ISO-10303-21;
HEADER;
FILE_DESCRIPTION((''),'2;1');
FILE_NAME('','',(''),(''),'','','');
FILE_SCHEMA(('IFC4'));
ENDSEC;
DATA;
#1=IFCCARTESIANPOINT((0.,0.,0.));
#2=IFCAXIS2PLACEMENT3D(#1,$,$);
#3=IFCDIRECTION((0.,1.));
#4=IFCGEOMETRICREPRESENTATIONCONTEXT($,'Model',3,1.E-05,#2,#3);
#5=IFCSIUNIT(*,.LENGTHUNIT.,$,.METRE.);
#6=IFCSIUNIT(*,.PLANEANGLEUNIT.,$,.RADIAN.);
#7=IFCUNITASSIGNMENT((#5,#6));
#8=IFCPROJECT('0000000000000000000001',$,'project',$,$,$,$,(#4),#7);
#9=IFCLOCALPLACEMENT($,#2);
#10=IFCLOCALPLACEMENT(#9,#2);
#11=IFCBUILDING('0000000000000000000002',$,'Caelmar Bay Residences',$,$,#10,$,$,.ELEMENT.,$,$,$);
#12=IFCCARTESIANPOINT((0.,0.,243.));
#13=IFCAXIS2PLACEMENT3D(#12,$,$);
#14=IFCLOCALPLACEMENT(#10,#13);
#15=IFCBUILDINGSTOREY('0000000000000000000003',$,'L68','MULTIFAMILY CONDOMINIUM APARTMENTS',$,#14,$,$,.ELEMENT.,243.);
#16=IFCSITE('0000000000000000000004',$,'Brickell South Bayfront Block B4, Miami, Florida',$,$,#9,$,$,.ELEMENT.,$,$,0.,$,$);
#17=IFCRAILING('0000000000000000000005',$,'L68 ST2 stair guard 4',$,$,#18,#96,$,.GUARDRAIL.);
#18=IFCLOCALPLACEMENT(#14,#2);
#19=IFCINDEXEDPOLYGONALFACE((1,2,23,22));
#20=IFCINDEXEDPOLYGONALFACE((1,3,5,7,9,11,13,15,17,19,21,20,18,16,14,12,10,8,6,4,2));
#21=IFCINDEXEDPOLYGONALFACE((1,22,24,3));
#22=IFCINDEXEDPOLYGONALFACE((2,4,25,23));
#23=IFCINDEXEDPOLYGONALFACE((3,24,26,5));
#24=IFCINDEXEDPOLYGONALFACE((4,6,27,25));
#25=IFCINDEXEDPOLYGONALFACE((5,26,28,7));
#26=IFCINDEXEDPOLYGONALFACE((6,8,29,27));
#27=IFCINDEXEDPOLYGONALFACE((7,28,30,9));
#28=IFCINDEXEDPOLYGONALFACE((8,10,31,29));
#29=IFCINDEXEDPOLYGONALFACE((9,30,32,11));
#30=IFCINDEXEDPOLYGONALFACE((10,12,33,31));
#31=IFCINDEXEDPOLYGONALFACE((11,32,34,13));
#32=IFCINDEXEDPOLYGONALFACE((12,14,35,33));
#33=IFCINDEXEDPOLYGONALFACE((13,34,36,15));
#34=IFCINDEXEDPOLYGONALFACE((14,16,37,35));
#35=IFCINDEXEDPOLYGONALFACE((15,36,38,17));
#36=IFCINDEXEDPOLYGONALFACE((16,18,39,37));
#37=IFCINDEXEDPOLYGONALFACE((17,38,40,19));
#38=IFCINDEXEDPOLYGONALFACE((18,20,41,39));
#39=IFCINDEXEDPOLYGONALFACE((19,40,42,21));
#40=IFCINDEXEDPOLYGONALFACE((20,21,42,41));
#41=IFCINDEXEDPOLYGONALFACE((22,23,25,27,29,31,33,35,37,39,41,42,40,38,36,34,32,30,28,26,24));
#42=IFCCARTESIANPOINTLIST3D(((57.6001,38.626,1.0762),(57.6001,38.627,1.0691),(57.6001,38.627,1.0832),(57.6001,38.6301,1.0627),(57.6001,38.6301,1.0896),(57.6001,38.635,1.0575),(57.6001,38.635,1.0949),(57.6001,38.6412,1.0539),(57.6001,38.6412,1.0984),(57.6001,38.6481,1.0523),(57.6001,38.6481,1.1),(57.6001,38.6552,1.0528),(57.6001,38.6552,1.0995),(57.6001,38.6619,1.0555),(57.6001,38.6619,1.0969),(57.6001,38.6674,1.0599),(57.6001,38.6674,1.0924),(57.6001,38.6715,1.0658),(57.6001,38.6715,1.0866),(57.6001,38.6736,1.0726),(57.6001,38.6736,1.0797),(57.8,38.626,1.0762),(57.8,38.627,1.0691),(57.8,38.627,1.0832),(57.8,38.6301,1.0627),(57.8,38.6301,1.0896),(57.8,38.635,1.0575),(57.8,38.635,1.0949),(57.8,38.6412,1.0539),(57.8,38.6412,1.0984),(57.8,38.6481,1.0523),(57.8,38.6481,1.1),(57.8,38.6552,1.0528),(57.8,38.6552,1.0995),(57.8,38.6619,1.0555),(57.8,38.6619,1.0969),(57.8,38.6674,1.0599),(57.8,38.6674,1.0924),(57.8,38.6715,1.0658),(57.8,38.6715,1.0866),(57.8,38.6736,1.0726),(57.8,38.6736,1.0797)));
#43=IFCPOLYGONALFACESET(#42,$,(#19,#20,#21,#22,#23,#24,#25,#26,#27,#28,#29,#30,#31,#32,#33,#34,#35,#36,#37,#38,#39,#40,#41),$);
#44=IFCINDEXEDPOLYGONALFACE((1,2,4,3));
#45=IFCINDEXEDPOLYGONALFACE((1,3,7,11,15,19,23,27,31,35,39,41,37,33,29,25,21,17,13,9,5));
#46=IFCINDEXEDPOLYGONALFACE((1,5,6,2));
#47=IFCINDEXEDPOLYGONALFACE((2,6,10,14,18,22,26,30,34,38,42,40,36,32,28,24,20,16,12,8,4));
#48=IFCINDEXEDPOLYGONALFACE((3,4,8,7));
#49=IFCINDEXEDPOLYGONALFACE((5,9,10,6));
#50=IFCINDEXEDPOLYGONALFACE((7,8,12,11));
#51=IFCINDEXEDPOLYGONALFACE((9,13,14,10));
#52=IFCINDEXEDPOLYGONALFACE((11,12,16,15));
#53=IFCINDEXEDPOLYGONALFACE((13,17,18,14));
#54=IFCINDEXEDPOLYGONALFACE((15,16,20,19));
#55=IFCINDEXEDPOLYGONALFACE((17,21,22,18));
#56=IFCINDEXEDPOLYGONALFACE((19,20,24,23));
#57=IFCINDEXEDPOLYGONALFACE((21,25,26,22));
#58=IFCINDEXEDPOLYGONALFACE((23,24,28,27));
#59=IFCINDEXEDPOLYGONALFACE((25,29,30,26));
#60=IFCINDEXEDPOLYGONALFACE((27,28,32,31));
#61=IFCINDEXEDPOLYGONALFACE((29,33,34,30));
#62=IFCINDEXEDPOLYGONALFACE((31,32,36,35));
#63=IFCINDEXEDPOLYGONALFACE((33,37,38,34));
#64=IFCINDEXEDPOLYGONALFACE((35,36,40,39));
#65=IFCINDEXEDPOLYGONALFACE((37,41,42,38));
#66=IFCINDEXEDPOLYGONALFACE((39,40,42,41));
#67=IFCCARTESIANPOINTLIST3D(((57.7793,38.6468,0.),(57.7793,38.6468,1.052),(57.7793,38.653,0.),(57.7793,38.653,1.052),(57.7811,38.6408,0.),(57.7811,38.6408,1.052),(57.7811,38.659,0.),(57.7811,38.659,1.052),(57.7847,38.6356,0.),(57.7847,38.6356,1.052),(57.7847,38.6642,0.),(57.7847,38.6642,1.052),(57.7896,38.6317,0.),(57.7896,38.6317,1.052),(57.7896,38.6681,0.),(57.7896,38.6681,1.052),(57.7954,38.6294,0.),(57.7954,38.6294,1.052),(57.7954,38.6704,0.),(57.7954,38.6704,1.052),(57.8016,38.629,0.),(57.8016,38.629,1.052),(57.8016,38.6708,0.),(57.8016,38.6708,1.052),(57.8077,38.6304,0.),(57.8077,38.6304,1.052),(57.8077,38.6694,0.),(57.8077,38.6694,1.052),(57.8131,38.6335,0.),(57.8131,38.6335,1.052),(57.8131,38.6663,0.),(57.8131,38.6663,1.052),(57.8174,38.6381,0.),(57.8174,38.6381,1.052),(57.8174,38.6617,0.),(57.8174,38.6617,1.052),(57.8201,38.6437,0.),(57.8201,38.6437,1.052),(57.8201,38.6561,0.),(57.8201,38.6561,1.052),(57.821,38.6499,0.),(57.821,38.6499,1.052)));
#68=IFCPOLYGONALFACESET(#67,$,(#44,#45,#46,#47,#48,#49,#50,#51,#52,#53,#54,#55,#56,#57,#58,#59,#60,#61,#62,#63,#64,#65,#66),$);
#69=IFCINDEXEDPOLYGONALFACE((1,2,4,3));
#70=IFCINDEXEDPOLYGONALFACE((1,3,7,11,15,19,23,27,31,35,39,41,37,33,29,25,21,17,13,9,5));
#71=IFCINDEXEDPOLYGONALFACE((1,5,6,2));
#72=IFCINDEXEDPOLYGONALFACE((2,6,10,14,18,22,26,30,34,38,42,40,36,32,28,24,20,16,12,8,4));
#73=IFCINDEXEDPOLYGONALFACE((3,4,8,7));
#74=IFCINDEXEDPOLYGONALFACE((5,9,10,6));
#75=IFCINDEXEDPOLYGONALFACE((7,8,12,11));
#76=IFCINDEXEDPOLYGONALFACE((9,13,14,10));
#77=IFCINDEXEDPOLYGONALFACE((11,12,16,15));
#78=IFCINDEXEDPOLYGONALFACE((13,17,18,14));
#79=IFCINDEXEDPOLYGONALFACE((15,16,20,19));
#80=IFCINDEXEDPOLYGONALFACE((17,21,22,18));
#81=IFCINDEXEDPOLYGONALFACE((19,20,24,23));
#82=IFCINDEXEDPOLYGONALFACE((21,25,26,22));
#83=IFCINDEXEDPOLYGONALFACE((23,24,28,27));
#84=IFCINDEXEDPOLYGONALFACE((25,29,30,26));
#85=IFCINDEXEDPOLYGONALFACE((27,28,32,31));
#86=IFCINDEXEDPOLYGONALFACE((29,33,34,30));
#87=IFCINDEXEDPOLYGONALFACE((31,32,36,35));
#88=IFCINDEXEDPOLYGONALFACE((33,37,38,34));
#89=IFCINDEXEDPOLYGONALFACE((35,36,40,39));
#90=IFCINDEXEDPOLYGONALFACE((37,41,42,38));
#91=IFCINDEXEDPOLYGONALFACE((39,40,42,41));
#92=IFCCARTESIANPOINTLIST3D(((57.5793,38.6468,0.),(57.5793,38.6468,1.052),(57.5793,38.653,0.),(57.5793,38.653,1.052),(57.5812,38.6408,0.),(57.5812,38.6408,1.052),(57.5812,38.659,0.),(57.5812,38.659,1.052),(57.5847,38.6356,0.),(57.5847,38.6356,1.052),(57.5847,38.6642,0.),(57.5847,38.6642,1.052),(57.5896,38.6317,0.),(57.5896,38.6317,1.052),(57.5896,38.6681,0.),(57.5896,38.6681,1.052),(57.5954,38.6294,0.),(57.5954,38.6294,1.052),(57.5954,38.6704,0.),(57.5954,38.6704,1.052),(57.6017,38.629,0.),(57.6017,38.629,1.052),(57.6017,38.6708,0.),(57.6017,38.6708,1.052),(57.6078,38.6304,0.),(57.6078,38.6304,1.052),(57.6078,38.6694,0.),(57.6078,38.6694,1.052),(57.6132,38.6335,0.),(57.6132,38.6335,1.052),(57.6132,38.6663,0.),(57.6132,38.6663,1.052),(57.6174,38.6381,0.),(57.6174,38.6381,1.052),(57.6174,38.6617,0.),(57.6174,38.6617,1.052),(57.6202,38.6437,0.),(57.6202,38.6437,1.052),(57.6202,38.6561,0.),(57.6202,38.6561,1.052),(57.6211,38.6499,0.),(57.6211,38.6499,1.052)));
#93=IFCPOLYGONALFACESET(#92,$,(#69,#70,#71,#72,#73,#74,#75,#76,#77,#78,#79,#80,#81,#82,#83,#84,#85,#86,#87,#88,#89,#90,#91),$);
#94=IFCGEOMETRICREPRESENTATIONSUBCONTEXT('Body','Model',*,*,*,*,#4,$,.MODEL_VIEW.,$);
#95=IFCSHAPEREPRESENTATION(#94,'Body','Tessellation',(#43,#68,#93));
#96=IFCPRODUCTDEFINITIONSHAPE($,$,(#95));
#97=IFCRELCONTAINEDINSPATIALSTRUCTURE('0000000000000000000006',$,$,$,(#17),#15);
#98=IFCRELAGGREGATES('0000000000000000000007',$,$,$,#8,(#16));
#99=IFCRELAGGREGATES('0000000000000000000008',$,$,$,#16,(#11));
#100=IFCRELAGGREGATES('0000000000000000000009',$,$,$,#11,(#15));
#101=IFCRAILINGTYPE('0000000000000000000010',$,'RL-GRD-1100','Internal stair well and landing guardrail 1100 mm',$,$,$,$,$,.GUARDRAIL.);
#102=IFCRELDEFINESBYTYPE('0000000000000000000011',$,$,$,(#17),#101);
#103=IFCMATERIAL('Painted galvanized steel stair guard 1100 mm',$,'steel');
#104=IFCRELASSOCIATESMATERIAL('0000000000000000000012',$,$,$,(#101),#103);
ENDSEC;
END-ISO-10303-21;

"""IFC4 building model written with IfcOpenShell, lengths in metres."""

from ifc_helpers import new_model, si_unit, direction, frame, origin, origin_2d, place, context, subcontext, project, spatial, circle, extrude, material, type_object, element, save


model = new_model("IFC4")

# Units and contexts
model_context = context("Model", 3, precision=1e-05, world=origin(), true_north=direction((0.0, 1.0)))
body_context = subcontext(model_context, "Body", "Model", "MODEL_VIEW")
ifc_project = project(units=[si_unit("LENGTHUNIT", "METRE"), si_unit("PLANEANGLEUNIT", "RADIAN")], contexts=[model_context])

# Site, building, storey
site_placement = place(None, origin())
site = spatial("IfcSite", under=ifc_project, at=site_placement, Name="Brickell South Bayfront Block B4, Miami, Florida", CompositionType="ELEMENT", RefElevation=0.0)
building_placement = place(site_placement, origin())
building = spatial("IfcBuilding", under=site, at=building_placement, Name="Caelmar Bay Residences", CompositionType="ELEMENT")
storey_placement = place(building_placement, frame((0.0, 0.0, 243.0)))
storey = spatial("IfcBuildingStorey", under=building, at=storey_placement, Name="L68", Description="MULTIFAMILY CONDOMINIUM APARTMENTS", CompositionType="ELEMENT", Elevation=243.0)

# Railing
ifc_material_1 = material(Name="Painted galvanized steel stair guard 1100 mm", Category="steel")
railing_type_1 = type_object("IfcRailingType", Name="RL-GRD-1100", Description="Internal stair well and landing guardrail 1100 mm", PredefinedType="GUARDRAIL", material=ifc_material_1)
railing_1_placement = place(storey_placement, frame((57.8, 38.6499, 0.0)))
element("IfcRailing", 1, at=railing_1_placement, inside=storey, type_object=railing_type_1, Name="L68 ST2 stair guard 4", PredefinedType="GUARDRAIL", context=body_context, shape_type="SweptSolid", body=[
    extrude(circle(Radius=0.0239, at=origin_2d()), frame((0.0, 0.0, 1.0762), z_axis=(-1.0, 0.0, 0.0), x_axis=(0.0, -1.0, 0.0)), (0.0, 0.0, 1.0), 0.2),
    extrude(circle(Radius=0.021, at=origin_2d()), origin(), (0.0, 0.0, 1.0), 1.052),
    extrude(circle(Radius=0.021, at=origin_2d()), frame((-0.2, 0.0, 0.0)), (0.0, 0.0, 1.0), 1.052),
])

save(model, "model.ifc")
